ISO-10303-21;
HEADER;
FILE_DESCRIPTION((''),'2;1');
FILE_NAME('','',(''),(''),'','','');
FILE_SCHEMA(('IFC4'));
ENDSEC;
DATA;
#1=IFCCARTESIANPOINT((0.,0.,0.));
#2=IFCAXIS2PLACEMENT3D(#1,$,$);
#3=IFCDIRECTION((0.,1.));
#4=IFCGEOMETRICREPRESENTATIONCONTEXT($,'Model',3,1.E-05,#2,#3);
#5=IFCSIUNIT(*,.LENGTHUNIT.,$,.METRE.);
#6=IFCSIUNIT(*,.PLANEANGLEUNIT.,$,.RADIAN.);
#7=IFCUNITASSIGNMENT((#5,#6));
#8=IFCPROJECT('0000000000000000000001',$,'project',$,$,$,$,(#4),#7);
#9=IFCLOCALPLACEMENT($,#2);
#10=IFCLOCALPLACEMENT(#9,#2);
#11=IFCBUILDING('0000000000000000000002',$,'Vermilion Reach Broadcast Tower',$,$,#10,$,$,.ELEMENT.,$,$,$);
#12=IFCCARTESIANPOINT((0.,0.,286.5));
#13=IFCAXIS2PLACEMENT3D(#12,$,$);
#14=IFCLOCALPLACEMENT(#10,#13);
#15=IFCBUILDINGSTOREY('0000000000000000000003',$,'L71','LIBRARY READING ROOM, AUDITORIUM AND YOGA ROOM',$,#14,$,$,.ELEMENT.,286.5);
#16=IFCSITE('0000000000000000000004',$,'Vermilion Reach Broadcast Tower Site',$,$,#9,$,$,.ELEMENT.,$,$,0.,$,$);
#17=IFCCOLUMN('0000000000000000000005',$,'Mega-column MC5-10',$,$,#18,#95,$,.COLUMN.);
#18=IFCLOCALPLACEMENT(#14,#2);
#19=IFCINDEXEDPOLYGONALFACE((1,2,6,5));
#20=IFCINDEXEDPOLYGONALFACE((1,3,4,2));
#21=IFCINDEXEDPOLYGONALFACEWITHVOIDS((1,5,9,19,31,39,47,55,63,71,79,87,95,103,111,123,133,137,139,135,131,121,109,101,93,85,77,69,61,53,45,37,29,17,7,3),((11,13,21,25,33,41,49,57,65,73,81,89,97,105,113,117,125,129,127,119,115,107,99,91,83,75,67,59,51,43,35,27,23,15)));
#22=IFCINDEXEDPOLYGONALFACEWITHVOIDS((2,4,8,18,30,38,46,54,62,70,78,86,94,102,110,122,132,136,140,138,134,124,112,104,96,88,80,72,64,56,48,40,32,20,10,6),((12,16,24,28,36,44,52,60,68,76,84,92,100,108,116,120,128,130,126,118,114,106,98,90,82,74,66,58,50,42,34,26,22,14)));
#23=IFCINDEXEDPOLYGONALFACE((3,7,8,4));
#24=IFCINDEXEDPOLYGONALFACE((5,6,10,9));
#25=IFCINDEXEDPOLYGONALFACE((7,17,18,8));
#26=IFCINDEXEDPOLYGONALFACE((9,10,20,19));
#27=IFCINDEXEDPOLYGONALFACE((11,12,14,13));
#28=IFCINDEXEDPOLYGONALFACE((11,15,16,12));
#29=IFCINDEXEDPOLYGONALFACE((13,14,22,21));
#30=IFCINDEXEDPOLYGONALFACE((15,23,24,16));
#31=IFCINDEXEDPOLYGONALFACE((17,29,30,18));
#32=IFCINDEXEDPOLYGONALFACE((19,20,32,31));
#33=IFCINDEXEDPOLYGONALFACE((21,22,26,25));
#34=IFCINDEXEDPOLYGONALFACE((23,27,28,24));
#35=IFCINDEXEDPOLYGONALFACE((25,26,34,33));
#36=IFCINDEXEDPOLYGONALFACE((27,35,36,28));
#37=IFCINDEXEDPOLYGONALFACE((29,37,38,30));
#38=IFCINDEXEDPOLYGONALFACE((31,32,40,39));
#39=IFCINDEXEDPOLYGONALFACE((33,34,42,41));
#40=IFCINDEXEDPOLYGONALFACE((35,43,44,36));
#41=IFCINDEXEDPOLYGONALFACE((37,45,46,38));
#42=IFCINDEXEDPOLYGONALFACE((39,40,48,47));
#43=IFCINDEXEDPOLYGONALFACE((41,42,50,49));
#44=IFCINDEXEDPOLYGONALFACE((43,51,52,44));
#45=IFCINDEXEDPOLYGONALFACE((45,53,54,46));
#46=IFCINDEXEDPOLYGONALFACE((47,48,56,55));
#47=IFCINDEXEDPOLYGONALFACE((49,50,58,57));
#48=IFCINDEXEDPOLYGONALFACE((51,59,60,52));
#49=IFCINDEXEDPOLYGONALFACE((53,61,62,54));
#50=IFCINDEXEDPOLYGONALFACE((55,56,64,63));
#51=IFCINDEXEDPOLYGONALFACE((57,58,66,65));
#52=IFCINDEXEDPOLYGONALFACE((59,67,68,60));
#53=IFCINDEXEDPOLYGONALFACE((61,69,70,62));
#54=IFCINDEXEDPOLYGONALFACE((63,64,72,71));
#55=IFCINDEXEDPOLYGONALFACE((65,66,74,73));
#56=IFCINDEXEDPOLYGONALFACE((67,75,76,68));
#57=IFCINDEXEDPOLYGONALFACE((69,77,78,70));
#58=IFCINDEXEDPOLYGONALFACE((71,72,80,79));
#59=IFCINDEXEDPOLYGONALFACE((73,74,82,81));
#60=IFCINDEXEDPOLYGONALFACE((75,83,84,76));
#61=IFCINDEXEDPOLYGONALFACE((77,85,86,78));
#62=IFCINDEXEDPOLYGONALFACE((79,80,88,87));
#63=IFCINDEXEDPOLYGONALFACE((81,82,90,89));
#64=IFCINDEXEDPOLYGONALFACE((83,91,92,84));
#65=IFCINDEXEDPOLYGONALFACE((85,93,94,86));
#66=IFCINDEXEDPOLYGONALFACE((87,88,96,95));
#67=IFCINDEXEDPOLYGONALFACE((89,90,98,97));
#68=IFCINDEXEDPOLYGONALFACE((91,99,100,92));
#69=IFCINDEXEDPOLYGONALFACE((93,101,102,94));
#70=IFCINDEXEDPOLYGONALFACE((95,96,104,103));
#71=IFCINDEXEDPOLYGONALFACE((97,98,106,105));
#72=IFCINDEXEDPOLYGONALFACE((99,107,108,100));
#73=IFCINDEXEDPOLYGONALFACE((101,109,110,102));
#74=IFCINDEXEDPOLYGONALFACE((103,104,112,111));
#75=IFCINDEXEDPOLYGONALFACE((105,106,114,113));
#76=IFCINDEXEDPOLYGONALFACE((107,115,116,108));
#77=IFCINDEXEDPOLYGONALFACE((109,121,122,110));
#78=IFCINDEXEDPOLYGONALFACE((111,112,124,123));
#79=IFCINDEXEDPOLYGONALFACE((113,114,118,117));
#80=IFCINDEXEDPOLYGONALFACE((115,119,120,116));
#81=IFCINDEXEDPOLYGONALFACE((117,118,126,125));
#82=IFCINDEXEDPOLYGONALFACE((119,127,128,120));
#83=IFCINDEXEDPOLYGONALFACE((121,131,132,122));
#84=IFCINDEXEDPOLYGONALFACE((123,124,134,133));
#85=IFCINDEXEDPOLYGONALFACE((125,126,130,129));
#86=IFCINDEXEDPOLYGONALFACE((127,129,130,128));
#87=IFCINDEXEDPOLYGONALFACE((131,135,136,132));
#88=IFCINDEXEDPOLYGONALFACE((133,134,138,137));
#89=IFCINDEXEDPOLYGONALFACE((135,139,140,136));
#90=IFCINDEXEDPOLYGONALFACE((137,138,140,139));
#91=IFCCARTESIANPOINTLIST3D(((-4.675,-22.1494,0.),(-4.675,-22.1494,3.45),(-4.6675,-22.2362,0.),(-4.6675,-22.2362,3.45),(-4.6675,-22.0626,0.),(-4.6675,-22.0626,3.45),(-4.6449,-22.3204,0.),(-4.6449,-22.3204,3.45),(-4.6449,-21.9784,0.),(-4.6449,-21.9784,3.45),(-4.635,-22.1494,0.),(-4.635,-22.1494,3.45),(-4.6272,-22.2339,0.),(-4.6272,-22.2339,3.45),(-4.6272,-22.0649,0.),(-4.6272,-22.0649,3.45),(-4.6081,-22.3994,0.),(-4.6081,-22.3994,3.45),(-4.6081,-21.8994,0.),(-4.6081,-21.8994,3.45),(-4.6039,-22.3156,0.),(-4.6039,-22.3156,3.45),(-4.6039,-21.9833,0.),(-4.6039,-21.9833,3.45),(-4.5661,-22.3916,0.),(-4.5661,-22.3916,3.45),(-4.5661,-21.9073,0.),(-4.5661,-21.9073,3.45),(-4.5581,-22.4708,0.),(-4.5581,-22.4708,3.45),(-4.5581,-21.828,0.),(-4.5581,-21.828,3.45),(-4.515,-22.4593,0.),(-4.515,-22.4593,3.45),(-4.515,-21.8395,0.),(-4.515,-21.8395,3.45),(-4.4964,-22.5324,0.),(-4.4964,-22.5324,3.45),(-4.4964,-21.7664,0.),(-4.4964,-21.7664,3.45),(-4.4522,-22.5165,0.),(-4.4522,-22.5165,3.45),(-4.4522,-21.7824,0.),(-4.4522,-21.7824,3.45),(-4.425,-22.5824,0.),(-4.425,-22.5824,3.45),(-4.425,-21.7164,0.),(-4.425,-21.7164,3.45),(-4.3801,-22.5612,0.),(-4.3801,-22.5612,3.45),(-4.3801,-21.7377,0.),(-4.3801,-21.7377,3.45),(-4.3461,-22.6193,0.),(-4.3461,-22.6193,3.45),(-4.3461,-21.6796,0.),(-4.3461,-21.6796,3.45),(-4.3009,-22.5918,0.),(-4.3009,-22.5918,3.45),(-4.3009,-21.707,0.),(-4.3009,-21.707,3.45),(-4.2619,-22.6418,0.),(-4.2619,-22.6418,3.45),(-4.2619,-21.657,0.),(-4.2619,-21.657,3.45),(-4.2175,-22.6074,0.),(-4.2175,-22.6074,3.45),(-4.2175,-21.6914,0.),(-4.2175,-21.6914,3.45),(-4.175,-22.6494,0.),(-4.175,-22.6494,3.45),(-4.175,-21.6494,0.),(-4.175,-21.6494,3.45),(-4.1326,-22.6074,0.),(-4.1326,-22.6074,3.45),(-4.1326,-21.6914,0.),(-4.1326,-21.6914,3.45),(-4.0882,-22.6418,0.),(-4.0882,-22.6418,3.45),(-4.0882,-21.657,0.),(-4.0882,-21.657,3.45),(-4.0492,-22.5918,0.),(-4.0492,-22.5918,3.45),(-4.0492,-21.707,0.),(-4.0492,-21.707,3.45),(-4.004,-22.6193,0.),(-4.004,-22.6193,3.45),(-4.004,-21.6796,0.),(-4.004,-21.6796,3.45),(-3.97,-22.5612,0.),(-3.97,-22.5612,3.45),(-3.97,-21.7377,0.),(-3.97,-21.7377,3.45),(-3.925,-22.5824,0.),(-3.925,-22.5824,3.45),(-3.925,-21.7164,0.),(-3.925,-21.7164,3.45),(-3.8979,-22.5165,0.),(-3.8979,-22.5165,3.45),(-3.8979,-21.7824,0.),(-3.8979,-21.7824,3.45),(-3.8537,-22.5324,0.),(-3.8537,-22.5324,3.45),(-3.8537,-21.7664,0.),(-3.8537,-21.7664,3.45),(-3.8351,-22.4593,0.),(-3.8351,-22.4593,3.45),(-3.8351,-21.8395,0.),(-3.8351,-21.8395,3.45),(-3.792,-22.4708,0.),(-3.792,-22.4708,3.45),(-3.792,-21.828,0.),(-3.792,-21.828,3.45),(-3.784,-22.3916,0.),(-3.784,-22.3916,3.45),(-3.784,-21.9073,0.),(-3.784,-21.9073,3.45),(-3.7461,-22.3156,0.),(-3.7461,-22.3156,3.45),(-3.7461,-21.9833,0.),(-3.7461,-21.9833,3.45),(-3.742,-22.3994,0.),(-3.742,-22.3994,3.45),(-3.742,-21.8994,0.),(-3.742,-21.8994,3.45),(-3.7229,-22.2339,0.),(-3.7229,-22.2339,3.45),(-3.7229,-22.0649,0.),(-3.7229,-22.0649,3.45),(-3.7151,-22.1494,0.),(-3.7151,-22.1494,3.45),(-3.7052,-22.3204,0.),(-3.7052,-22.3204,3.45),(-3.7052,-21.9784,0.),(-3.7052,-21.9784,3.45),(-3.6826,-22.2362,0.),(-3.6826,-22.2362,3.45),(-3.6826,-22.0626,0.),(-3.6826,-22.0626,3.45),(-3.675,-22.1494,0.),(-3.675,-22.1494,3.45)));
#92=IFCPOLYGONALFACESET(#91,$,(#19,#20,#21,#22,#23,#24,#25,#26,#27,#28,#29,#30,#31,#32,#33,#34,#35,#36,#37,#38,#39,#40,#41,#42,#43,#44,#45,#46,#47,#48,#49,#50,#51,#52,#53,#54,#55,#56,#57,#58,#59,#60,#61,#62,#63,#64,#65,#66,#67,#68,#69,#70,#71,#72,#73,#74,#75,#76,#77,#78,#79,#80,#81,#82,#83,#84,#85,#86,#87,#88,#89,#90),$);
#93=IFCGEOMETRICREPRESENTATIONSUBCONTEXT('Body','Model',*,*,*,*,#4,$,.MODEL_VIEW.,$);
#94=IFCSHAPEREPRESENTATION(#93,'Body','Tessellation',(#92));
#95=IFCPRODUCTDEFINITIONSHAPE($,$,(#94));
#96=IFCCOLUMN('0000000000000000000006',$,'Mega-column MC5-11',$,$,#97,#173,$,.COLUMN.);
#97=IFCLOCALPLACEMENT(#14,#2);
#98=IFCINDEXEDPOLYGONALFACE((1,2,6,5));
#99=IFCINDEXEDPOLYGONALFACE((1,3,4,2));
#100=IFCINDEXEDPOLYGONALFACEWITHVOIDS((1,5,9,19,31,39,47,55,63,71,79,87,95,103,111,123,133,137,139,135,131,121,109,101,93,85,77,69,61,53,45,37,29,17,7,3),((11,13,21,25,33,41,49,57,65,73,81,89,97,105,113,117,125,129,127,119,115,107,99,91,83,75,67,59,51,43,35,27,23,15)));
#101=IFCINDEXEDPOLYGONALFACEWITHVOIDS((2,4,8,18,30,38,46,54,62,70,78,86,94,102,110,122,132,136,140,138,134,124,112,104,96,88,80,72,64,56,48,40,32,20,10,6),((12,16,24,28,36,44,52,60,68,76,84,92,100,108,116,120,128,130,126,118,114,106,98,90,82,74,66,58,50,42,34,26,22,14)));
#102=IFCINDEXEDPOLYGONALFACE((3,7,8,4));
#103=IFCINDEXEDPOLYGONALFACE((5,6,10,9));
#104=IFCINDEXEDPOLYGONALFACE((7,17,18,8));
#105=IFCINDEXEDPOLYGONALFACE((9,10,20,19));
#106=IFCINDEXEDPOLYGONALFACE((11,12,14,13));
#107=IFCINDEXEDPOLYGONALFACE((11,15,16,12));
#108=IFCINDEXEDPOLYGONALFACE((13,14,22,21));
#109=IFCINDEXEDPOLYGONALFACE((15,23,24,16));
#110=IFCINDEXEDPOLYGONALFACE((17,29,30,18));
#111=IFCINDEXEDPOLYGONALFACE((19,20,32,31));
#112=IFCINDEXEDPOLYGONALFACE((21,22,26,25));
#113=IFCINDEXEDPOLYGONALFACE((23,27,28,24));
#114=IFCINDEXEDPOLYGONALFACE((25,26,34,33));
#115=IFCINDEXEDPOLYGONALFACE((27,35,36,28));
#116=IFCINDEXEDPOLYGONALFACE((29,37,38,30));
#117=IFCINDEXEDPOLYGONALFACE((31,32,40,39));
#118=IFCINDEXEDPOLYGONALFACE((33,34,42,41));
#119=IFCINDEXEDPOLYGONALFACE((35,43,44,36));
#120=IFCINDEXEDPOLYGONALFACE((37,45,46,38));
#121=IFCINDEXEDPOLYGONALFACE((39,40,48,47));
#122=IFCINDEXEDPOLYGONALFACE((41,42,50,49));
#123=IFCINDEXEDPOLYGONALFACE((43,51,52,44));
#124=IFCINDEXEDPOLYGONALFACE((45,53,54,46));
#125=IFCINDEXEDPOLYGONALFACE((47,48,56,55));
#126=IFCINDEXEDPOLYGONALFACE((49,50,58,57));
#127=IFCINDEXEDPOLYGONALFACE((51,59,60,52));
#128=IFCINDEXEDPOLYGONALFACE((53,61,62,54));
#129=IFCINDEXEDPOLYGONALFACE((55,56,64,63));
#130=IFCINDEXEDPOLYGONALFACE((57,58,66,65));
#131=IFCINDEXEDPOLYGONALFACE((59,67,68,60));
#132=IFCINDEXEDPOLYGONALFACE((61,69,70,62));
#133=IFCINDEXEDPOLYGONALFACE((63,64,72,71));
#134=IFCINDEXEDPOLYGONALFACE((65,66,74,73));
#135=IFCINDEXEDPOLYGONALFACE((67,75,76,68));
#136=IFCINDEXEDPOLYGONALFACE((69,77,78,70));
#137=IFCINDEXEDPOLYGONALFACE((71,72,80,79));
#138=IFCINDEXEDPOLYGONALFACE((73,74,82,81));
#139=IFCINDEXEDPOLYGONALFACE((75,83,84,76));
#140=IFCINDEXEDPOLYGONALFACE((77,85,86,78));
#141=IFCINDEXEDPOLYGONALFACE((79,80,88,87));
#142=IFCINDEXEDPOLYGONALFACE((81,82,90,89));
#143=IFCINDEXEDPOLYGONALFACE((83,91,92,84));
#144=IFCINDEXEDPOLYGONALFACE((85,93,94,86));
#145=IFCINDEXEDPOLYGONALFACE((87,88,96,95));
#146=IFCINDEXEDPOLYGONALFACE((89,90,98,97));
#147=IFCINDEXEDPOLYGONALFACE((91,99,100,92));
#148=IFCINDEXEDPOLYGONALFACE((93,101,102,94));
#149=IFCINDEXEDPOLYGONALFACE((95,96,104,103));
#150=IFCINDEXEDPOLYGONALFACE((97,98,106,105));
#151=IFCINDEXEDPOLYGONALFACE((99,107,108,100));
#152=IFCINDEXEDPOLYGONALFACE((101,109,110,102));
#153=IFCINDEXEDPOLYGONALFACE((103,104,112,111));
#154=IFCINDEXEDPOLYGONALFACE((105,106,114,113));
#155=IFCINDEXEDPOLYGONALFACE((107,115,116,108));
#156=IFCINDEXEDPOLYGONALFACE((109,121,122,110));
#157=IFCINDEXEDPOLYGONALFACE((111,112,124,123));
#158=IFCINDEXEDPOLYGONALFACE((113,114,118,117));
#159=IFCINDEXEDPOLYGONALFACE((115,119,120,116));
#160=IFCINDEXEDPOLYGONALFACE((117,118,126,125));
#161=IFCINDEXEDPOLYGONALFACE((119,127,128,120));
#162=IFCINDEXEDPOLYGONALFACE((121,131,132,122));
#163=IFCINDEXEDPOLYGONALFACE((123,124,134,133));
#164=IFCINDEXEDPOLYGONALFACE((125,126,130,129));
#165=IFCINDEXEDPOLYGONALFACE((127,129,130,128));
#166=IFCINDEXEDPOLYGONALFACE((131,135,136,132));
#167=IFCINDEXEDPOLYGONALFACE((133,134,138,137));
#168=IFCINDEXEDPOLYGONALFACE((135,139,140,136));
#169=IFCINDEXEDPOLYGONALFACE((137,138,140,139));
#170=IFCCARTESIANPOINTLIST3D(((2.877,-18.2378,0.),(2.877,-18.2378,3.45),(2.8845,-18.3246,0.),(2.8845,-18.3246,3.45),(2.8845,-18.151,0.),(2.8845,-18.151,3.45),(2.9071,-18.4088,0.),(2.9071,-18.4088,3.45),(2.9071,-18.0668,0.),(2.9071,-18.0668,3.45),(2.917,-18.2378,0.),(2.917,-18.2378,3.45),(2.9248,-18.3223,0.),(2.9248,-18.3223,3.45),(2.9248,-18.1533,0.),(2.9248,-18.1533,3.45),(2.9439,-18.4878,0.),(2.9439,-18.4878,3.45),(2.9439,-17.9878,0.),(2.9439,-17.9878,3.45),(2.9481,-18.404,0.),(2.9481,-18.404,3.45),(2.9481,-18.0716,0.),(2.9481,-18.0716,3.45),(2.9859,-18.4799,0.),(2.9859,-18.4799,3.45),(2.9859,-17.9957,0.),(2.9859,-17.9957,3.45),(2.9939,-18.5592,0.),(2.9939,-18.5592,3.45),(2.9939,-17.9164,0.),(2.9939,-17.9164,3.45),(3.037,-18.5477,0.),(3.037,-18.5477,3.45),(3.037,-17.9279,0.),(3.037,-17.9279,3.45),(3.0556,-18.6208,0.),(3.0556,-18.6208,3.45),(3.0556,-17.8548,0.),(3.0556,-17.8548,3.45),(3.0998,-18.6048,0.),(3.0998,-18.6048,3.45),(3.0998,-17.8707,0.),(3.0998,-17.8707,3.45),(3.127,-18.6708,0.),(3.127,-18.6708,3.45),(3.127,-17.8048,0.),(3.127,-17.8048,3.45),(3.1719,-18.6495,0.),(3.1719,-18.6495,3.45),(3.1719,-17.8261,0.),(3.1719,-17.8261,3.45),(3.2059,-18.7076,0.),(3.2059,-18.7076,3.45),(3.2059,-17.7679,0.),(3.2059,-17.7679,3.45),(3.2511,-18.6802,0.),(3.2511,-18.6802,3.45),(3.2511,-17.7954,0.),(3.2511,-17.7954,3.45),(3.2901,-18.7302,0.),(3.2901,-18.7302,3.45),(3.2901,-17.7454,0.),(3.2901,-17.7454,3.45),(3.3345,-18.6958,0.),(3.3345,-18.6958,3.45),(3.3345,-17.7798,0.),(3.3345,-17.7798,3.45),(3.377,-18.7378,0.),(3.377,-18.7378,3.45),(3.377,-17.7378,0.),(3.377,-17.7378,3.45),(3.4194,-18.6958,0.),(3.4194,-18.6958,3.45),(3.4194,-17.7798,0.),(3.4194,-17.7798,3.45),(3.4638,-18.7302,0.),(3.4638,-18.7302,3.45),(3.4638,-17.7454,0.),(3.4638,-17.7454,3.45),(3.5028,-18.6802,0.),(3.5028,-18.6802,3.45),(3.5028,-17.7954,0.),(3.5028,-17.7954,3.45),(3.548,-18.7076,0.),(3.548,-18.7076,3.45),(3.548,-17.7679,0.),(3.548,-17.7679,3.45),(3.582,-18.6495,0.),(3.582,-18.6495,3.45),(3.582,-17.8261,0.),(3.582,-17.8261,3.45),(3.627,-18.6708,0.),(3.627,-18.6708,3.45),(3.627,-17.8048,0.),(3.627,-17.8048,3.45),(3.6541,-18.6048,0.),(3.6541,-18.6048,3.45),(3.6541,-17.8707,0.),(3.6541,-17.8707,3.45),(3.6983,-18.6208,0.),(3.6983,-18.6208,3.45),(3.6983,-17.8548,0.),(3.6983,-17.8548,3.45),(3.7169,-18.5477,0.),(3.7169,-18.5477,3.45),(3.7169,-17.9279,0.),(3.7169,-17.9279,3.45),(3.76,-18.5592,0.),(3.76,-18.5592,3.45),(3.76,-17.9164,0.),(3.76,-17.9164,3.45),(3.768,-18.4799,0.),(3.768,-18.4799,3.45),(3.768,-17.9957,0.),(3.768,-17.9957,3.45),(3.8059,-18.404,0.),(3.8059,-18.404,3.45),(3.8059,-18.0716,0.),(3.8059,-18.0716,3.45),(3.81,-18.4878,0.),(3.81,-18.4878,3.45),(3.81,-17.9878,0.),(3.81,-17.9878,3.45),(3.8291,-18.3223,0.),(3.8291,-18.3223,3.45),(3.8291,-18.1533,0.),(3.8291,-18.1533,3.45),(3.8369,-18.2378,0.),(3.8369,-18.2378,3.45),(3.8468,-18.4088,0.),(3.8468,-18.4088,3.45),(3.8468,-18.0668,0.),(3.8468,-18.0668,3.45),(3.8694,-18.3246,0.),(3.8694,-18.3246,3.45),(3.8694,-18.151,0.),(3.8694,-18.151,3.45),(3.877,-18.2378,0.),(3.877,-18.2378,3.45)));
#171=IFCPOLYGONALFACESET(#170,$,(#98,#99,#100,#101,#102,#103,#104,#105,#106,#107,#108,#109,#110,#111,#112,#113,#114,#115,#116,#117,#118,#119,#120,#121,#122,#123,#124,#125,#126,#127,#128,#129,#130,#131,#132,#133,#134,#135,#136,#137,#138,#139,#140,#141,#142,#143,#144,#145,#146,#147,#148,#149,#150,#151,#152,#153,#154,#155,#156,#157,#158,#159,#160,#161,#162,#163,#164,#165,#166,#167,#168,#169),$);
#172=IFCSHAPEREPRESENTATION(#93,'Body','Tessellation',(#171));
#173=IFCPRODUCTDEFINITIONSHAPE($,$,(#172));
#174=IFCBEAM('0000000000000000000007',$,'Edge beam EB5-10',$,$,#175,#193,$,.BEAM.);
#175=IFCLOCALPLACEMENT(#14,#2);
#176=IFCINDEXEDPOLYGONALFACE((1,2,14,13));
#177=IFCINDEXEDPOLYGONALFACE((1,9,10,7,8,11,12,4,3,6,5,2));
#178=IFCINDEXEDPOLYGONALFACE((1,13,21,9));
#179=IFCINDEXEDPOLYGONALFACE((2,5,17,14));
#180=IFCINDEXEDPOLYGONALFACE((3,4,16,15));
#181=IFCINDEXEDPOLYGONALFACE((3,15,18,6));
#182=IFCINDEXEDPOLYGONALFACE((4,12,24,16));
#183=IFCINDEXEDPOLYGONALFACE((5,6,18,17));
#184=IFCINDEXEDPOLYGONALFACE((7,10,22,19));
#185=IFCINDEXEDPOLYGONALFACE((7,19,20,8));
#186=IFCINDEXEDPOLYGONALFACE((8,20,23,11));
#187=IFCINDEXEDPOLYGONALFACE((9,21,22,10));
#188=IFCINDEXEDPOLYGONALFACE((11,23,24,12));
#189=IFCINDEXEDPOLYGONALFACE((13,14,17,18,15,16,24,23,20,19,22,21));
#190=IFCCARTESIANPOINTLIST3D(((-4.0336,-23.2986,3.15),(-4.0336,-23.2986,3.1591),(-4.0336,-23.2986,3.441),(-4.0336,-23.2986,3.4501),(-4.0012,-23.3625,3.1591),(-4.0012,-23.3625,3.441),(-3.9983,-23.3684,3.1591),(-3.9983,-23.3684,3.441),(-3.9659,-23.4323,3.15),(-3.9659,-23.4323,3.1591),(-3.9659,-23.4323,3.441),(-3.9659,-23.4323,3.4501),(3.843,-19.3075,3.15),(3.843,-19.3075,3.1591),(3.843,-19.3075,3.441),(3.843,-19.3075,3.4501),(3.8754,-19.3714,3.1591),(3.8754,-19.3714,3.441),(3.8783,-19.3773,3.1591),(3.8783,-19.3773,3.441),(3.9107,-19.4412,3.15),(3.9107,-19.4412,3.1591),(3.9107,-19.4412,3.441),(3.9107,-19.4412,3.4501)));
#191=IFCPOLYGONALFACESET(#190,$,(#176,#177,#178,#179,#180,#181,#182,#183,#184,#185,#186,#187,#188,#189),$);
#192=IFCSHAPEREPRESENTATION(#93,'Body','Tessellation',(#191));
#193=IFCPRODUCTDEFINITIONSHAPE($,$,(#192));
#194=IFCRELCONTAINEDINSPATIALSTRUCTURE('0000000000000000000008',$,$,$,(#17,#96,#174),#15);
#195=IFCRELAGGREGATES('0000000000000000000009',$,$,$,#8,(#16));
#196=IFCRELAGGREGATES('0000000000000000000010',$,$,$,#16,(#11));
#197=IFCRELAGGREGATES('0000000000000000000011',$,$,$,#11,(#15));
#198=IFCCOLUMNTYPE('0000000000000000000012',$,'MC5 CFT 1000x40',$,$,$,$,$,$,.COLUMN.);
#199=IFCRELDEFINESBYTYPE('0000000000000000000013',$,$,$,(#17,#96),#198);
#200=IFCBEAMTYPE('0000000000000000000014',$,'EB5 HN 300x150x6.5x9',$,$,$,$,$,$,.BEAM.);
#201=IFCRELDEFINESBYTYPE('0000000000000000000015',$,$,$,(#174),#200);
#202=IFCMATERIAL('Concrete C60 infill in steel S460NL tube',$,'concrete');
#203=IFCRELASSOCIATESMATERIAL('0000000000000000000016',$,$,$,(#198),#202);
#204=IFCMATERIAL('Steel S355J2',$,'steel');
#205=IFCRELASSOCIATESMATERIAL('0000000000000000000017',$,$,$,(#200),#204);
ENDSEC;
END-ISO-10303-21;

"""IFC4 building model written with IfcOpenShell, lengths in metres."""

from ifc_helpers import new_model, si_unit, direction, frame, origin, origin_2d, place, context, subcontext, project, spatial, hollow_circle, i_section, extrude, material, material_profile, profile_set, type_object, element, save


model = new_model("IFC4")

# Units and contexts
model_context = context("Model", 3, precision=1e-05, world=origin(), true_north=direction((0.0, 1.0)))
body_context = subcontext(model_context, "Body", "Model", "MODEL_VIEW")
ifc_project = project(units=[si_unit("LENGTHUNIT", "METRE"), si_unit("PLANEANGLEUNIT", "RADIAN")], contexts=[model_context])

# Site, building, storey
site_placement = place(None, origin())
site = spatial("IfcSite", under=ifc_project, at=site_placement, Name="Vermilion Reach Broadcast Tower Site", CompositionType="ELEMENT", RefElevation=0.0)
building_placement = place(site_placement, origin())
building = spatial("IfcBuilding", under=site, at=building_placement, Name="Vermilion Reach Broadcast Tower", CompositionType="ELEMENT")
storey_placement = place(building_placement, frame((0.0, 0.0, 286.5)))
storey = spatial("IfcBuildingStorey", under=building, at=storey_placement, Name="L71", Description="LIBRARY READING ROOM, AUDITORIUM AND YOGA ROOM", CompositionType="ELEMENT", Elevation=286.5)

# Columns
ifc_material_1 = material(Name="Concrete C60 infill in steel S460NL tube", Category="concrete")
ifc_material_profile_1 = material_profile(ifc_material_1, hollow_circle(Radius=0.5, WallThickness=0.04, at=origin_2d()), Name="Concrete C60 infill in steel S460NL tube CFT 1000x40")
ifc_profile_set_1 = profile_set([ifc_material_profile_1], Name="Concrete C60 infill in steel S460NL tube")
column_type = type_object("IfcColumnType", Name="MC5 CFT 1000x40", PredefinedType="COLUMN", material=ifc_profile_set_1)
for number, where, z_axis, x_axis, name in (
    (1, (-4.175, -22.1494, 0.0), (0.0, 0.0, 1.0), (1.0, 0.0, 0.0), "Mega-column MC5-10"),
    (2, (3.377, -18.2378, 0.0), (0.0, 0.0, 1.0), (1.0, 0.0, 0.0), "Mega-column MC5-11"),
):
    element("IfcColumn", number, at=place(storey_placement, frame(where, z_axis=z_axis, x_axis=x_axis)), inside=storey, type_object=column_type, Name=name, PredefinedType="COLUMN", context=body_context, shape_type="SweptSolid", body=[
        extrude(hollow_circle(Radius=0.5, WallThickness=0.04, at=origin_2d()), origin(), (0.0, 0.0, 1.0), 3.45),
    ])

# Beam
ifc_material_2 = material(Name="Steel S355J2", Category="steel")
ifc_material_profile_2 = material_profile(ifc_material_2, i_section(OverallWidth=0.1499, OverallDepth=0.3, WebThickness=0.0066, FlangeThickness=0.009, at=origin_2d()), Name="S355J2 HN 300x150x6.5x9")
ifc_profile_set_2 = profile_set([ifc_material_profile_2], Name="Steel S355J2")
beam_type_1 = type_object("IfcBeamType", Name="EB5 HN 300x150x6.5x9", PredefinedType="BEAM", material=ifc_profile_set_2)
beam_1_placement = place(storey_placement, frame((-3.9998, -23.3655, 3.3), z_axis=(0.89202, 0.451996, 0.0), x_axis=(-0.451996, 0.89202, 0.0)))
element("IfcBeam", 3, at=beam_1_placement, inside=storey, type_object=beam_type_1, Name="Edge beam EB5-10", PredefinedType="BEAM", context=body_context, shape_type="SweptSolid", body=[
    extrude(i_section(OverallWidth=0.1499, OverallDepth=0.3, WebThickness=0.0066, FlangeThickness=0.009, at=origin_2d()), origin(), (0.0, 0.0, 1.0), 8.8301),
])

save(model, "model.ifc")
